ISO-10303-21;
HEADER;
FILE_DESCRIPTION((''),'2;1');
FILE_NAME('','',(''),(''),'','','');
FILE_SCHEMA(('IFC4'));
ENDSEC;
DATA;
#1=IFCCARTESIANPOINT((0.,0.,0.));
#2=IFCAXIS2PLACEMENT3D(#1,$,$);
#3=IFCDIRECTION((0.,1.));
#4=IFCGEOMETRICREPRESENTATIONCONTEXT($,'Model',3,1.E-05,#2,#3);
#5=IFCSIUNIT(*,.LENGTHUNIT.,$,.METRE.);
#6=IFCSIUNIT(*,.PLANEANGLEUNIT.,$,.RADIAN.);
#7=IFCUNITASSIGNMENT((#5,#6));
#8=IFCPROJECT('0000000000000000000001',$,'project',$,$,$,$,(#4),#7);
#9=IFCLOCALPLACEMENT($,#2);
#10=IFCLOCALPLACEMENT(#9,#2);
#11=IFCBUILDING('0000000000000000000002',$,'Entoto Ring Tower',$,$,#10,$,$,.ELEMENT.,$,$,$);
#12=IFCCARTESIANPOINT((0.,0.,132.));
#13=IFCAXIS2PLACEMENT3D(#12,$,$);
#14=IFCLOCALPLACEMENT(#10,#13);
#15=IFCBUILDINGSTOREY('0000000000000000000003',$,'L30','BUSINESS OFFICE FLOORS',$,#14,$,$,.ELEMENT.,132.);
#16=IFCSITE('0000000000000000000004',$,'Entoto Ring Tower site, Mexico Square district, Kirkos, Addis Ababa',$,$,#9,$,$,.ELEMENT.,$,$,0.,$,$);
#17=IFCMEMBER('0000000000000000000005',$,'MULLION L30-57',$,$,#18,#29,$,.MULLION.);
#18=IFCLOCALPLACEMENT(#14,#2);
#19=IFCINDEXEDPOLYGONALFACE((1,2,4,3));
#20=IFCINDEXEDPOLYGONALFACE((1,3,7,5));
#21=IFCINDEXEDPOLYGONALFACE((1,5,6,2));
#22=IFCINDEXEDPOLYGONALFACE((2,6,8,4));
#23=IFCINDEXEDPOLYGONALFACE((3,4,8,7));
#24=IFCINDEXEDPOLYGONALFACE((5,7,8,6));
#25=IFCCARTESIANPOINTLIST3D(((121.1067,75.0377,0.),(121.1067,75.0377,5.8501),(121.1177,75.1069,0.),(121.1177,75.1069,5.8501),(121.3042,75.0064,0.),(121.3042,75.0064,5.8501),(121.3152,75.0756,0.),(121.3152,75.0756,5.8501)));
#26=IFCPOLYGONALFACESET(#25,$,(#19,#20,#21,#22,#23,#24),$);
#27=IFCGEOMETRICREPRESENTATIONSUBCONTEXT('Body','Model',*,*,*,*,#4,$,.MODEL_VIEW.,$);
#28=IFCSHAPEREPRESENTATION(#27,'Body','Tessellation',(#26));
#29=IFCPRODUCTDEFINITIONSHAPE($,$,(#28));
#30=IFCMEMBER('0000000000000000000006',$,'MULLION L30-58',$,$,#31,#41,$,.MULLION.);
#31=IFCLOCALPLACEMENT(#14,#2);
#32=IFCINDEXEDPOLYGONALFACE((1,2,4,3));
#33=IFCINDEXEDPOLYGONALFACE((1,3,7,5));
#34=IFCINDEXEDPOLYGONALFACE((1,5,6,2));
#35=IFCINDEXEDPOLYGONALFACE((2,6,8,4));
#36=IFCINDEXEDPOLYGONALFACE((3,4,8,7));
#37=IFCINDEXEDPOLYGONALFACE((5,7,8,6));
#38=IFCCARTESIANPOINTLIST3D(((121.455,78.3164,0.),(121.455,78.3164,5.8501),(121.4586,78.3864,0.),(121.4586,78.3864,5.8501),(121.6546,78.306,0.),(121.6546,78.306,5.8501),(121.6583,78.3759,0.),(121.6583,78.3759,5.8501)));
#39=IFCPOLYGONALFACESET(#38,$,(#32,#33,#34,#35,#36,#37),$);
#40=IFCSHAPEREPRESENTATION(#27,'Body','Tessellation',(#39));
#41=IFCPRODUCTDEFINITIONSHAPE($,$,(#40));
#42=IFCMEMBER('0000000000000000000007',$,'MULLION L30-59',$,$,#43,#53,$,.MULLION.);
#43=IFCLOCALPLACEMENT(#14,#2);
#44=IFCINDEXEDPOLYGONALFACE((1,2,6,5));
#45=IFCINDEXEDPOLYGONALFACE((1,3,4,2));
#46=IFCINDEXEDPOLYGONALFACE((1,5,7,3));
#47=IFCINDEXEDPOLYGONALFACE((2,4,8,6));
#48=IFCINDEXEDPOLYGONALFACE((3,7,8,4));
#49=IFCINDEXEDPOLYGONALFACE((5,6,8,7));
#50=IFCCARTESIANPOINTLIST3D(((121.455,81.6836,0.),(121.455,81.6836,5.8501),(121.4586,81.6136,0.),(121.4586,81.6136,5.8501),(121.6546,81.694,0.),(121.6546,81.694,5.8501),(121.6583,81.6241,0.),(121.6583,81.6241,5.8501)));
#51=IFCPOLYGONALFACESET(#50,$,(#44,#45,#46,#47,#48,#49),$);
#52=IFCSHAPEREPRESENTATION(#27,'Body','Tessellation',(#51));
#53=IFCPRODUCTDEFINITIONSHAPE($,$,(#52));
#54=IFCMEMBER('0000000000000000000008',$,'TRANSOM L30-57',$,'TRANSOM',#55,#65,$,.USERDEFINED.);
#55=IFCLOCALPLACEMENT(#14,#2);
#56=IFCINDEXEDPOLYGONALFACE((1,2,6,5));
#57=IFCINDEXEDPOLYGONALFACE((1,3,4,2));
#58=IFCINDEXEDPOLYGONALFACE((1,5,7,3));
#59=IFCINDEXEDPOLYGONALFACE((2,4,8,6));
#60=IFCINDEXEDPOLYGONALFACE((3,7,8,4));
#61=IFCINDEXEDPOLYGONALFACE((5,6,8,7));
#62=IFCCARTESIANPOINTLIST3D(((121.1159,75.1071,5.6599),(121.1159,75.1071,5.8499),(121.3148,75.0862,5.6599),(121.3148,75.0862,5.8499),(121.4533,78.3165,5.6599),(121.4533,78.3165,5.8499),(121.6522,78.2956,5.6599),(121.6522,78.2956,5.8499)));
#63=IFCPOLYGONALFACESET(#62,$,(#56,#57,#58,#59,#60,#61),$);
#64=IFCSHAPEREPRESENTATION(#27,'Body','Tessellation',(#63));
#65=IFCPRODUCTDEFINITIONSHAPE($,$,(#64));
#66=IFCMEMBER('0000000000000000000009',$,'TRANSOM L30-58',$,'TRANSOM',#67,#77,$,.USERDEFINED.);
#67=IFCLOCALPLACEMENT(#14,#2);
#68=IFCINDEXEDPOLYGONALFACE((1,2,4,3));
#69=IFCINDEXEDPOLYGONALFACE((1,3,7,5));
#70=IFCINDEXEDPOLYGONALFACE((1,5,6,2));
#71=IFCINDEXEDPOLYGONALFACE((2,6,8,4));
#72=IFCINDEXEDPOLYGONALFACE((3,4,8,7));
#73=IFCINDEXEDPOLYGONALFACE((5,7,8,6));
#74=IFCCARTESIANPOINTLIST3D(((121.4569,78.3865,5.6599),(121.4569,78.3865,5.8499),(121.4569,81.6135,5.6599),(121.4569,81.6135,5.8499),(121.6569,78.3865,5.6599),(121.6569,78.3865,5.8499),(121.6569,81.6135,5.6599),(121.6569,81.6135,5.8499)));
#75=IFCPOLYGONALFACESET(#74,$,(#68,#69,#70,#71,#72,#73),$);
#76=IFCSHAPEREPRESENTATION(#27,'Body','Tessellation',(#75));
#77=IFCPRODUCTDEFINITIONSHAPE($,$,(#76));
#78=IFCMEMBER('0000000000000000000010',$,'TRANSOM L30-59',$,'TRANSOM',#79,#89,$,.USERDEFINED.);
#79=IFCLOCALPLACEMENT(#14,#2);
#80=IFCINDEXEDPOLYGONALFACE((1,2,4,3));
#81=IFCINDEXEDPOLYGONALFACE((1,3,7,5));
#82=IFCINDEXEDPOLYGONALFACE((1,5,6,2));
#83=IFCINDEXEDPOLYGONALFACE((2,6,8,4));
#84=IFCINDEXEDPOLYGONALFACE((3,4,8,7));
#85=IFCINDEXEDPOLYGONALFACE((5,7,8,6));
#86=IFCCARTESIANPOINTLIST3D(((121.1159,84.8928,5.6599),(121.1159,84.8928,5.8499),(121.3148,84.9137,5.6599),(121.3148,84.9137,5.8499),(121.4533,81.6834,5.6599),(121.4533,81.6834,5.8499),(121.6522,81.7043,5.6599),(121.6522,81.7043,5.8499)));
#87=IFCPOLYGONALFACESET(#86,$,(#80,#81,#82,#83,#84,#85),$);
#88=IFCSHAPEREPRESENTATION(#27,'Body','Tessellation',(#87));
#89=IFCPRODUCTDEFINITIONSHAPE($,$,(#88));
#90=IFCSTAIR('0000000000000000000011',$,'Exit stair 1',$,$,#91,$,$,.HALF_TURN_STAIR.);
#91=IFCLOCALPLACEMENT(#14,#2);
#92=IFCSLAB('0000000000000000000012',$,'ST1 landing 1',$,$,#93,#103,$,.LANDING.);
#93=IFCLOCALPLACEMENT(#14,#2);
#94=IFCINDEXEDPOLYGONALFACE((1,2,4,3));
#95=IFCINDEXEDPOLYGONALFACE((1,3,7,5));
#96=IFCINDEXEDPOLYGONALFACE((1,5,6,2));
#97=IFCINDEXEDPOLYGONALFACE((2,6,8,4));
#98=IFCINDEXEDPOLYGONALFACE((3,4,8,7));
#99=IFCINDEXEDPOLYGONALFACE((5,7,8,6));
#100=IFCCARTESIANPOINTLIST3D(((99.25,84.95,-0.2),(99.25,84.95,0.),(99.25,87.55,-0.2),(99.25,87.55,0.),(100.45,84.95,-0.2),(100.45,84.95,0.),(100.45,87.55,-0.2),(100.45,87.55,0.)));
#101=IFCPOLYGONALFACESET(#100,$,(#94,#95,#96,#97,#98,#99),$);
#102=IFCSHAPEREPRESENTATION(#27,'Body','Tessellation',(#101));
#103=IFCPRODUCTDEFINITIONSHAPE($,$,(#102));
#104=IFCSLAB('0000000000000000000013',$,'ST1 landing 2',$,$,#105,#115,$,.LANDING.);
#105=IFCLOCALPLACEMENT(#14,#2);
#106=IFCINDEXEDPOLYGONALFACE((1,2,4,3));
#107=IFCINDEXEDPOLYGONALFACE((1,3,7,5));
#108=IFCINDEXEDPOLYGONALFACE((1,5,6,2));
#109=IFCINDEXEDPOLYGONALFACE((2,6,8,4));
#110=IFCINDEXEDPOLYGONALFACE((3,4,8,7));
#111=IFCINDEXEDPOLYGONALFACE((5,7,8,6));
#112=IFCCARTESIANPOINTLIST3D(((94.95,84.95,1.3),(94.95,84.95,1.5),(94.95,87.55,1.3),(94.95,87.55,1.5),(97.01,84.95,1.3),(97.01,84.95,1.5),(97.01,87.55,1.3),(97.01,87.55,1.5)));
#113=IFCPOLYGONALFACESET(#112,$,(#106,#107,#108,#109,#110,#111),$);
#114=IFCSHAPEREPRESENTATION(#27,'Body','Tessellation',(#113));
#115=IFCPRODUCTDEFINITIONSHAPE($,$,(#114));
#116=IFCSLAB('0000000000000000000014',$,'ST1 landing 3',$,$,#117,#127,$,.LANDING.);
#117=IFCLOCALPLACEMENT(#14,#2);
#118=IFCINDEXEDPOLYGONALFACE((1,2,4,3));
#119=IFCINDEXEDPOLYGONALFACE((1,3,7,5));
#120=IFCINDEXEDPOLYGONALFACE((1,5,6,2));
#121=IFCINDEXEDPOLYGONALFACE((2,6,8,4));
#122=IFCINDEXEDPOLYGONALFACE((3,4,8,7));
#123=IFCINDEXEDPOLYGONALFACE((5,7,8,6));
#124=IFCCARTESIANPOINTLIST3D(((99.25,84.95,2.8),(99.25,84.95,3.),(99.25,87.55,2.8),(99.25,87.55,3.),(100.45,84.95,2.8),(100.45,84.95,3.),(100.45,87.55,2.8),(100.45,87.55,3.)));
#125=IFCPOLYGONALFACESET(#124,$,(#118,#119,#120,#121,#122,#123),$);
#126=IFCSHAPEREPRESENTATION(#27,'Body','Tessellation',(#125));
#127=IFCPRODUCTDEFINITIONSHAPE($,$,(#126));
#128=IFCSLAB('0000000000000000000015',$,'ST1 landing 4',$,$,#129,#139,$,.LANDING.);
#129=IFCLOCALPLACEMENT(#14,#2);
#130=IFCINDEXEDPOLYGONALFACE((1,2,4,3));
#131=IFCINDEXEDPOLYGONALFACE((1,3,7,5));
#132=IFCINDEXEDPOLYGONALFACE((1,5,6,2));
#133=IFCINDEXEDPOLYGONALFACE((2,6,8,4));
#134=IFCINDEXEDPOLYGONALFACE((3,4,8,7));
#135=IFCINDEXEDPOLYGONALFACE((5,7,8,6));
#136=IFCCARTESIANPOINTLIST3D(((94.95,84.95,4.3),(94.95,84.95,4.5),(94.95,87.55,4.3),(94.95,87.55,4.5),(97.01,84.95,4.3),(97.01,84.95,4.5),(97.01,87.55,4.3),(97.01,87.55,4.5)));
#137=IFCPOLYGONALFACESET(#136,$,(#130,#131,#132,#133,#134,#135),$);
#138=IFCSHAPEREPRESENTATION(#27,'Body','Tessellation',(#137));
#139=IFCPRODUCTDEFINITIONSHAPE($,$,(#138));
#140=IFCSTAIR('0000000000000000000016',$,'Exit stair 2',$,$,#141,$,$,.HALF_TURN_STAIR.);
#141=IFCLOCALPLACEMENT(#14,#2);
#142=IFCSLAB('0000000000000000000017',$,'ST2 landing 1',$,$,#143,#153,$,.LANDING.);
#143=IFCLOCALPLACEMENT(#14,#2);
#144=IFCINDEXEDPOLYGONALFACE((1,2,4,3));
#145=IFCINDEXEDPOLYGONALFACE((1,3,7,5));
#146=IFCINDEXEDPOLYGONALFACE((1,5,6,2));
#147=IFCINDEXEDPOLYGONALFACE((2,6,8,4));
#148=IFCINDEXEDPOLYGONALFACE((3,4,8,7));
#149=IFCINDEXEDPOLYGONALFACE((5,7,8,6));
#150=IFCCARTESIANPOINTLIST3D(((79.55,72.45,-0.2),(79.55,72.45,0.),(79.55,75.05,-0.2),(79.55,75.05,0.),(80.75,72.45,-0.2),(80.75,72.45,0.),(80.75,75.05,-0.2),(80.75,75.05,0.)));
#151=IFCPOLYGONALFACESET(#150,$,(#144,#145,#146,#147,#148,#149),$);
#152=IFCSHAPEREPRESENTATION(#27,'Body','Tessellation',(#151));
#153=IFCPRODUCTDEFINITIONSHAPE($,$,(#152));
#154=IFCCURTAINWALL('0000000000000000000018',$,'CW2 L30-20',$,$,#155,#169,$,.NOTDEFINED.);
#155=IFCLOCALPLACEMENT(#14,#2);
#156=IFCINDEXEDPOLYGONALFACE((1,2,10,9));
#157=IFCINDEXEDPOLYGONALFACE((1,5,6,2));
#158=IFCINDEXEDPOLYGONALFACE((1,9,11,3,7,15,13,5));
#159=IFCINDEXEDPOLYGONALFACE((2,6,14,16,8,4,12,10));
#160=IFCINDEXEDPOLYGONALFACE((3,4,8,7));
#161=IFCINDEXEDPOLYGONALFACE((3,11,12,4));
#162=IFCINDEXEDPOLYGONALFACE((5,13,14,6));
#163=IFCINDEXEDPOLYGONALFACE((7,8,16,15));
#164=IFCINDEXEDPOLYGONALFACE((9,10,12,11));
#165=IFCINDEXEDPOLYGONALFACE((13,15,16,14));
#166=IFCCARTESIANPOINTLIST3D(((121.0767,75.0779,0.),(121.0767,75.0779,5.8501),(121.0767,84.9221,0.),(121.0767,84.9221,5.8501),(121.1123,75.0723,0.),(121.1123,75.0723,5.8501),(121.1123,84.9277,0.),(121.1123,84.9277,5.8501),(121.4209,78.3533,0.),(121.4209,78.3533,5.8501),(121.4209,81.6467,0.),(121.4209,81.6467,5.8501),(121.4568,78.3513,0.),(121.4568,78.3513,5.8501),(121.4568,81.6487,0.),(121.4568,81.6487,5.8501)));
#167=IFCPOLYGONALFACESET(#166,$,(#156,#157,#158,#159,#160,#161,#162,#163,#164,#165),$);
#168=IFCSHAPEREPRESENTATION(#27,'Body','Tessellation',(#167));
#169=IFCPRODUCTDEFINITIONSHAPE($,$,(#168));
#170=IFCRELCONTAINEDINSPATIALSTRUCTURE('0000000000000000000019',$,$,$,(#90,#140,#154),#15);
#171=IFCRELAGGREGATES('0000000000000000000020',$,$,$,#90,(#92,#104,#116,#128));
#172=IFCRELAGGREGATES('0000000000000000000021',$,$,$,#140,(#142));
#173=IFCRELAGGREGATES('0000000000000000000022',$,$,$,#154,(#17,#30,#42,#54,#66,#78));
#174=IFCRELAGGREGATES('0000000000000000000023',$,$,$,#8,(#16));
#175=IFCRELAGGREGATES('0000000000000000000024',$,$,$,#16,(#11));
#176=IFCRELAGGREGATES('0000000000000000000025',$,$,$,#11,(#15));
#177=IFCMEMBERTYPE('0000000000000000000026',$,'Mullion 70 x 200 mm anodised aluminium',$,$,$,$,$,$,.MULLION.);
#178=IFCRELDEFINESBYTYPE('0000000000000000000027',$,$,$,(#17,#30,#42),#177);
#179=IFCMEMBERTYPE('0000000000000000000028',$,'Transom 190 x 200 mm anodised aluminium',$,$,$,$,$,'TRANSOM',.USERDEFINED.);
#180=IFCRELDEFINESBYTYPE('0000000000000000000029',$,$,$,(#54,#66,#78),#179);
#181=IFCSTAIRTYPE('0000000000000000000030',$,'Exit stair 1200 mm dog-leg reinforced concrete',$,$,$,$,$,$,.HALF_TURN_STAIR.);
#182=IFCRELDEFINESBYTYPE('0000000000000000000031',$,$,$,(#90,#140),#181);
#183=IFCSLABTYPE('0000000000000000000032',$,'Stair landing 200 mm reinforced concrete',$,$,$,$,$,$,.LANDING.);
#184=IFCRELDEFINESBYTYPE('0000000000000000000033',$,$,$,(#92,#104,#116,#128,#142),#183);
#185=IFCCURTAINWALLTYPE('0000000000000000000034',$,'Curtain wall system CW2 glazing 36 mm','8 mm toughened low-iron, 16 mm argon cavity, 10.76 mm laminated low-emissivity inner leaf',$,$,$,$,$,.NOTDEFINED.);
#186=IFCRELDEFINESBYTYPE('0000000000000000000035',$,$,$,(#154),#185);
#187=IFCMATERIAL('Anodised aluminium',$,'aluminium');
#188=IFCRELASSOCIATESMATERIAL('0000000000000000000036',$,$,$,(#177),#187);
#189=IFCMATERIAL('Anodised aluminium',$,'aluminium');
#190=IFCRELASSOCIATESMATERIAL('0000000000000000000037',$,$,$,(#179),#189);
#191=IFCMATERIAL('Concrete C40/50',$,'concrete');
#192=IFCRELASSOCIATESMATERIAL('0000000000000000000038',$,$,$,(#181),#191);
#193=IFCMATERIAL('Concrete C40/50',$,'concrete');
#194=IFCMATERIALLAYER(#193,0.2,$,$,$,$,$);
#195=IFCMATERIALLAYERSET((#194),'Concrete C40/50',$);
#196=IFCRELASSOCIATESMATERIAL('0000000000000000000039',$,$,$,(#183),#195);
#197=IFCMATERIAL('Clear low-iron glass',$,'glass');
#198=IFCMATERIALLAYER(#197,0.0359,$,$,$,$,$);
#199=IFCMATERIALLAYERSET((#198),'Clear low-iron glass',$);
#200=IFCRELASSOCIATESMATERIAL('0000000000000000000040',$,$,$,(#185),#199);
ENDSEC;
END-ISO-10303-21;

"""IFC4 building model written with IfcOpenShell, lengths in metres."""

from ifc_helpers import new_model, si_unit, direction, frame, origin, origin_2d, place, context, subcontext, project, spatial, polyline, rectangle, outline, extrude, material, layer, layer_set, material_profile, profile_set, type_object, element, aggregate, save


model = new_model("IFC4")

# Units and contexts
model_context = context("Model", 3, precision=1e-05, world=origin(), true_north=direction((0.0, 1.0)))
body_context = subcontext(model_context, "Body", "Model", "MODEL_VIEW")
ifc_project = project(units=[si_unit("LENGTHUNIT", "METRE"), si_unit("PLANEANGLEUNIT", "RADIAN")], contexts=[model_context])

# Members
ifc_material_1 = material(Name="Anodised aluminium", Category="aluminium")
ifc_material_profile_1 = material_profile(ifc_material_1, rectangle(XDim=0.0701, YDim=0.2, at=origin_2d()), Name="Mullion 70 x 200 mm anodised aluminium")
ifc_profile_set_1 = profile_set([ifc_material_profile_1], Name="Anodised aluminium")
member_type_1 = type_object("IfcMemberType", Name="Mullion 70 x 200 mm anodised aluminium", PredefinedType="MULLION", material=ifc_profile_set_1)
site_placement = place(None, origin())
building_placement = place(site_placement, origin())
storey_placement = place(building_placement, frame((0.0, 0.0, 132.0)))
member_1_placement = place(storey_placement, frame((121.2109, 75.0566, 0.0), z_axis=(0.0, 0.0, 1.0), x_axis=(0.156434, 0.987688, 0.0)))
member_1 = element("IfcMember", 1, at=member_1_placement, type_object=member_type_1, Name="MULLION L30-57", PredefinedType="MULLION", context=body_context, shape_type="SweptSolid", body=[
    extrude(rectangle(XDim=0.0701, YDim=0.2, at=origin_2d()), origin(), (0.0, 0.0, 1.0), 5.8501),
])
member_2_placement = place(storey_placement, frame((121.5566, 78.3462, 0.0), z_axis=(0.0, 0.0, 1.0), x_axis=(0.052336, 0.99863, 0.0)))
member_2 = element("IfcMember", 2, at=member_2_placement, type_object=member_type_1, Name="MULLION L30-58", PredefinedType="MULLION", context=body_context, shape_type="SweptSolid", body=[
    extrude(rectangle(XDim=0.0701, YDim=0.2, at=origin_2d()), origin(), (0.0, 0.0, 1.0), 5.8501),
])
member_3_placement = place(storey_placement, frame((121.5566, 81.6538, 0.0), z_axis=(0.0, 0.0, 1.0), x_axis=(-0.052336, 0.99863, 0.0)))
member_3 = element("IfcMember", 3, at=member_3_placement, type_object=member_type_1, Name="MULLION L30-59", PredefinedType="MULLION", context=body_context, shape_type="SweptSolid", body=[
    extrude(rectangle(XDim=0.0701, YDim=0.2, at=origin_2d()), origin(), (0.0, 0.0, 1.0), 5.8501),
])
ifc_material_2 = material(Name="Anodised aluminium", Category="aluminium")
ifc_material_profile_2 = material_profile(ifc_material_2, rectangle(XDim=0.2, YDim=0.1899, at=origin_2d()), Name="Transom 190 x 200 mm anodised aluminium")
ifc_profile_set_2 = profile_set([ifc_material_profile_2], Name="Anodised aluminium")
member_type_2 = type_object("IfcMemberType", Name="Transom 190 x 200 mm anodised aluminium", ElementType="TRANSOM", PredefinedType="USERDEFINED", material=ifc_profile_set_2)
member_4_placement = place(storey_placement, frame((121.2153, 75.0967, 5.7549), z_axis=(0.104551, 0.99452, 0.0), x_axis=(-0.99452, 0.104551, 0.0)))
member_4 = element("IfcMember", 4, at=member_4_placement, type_object=member_type_2, Name="TRANSOM L30-57", ObjectType="TRANSOM", PredefinedType="USERDEFINED", context=body_context, shape_type="SweptSolid", body=[
    extrude(rectangle(XDim=0.2, YDim=0.1899, at=origin_2d()), origin(), (0.0, 0.0, 1.0), 3.2271),
])
member_5_placement = place(storey_placement, frame((121.5569, 78.3865, 5.7549), z_axis=(0.0, 1.0, 0.0), x_axis=(-1.0, 0.0, 0.0)))
member_5 = element("IfcMember", 5, at=member_5_placement, type_object=member_type_2, Name="TRANSOM L30-58", ObjectType="TRANSOM", PredefinedType="USERDEFINED", context=body_context, shape_type="SweptSolid", body=[
    extrude(rectangle(XDim=0.2, YDim=0.1899, at=origin_2d()), origin(), (0.0, 0.0, 1.0), 3.2271),
])
member_6_placement = place(storey_placement, frame((121.5527, 81.6938, 5.7549), z_axis=(-0.104551, 0.99452, 0.0), x_axis=(-0.99452, -0.104551, 0.0)))
member_6 = element("IfcMember", 6, at=member_6_placement, type_object=member_type_2, Name="TRANSOM L30-59", ObjectType="TRANSOM", PredefinedType="USERDEFINED", context=body_context, shape_type="SweptSolid", body=[
    extrude(rectangle(XDim=0.2, YDim=0.1899, at=origin_2d()), origin(), (0.0, 0.0, 1.0), 3.2271),
])

# Site, building, storey
site = spatial("IfcSite", under=ifc_project, at=site_placement, Name="Entoto Ring Tower site, Mexico Square district, Kirkos, Addis Ababa", CompositionType="ELEMENT", RefElevation=0.0)
building = spatial("IfcBuilding", under=site, at=building_placement, Name="Entoto Ring Tower", CompositionType="ELEMENT")
storey = spatial("IfcBuildingStorey", under=building, at=storey_placement, Name="L30", Description="BUSINESS OFFICE FLOORS", CompositionType="ELEMENT", Elevation=132.0)

# Stair, slabs
ifc_material_3 = material(Name="Concrete C40/50", Category="concrete")
stair_type = type_object("IfcStairType", Name="Exit stair 1200 mm dog-leg reinforced concrete", PredefinedType="HALF_TURN_STAIR", material=ifc_material_3)
stair_1_placement = place(storey_placement, origin())
stair_1 = element("IfcStair", 7, at=stair_1_placement, inside=storey, type_object=stair_type, Name="Exit stair 1", PredefinedType="HALF_TURN_STAIR")
ifc_material_4 = material(Name="Concrete C40/50", Category="concrete")
ifc_layer_1 = layer(ifc_material_4, 0.2)
ifc_layer_set_1 = layer_set([ifc_layer_1], Name="Concrete C40/50")
slab_type = type_object("IfcSlabType", Name="Stair landing 200 mm reinforced concrete", PredefinedType="LANDING", material=ifc_layer_set_1)
slab_1_placement = place(storey_placement, frame((0.0, 0.0, -0.2)))
slab_1 = element("IfcSlab", 8, at=slab_1_placement, type_object=slab_type, Name="ST1 landing 1", PredefinedType="LANDING", context=body_context, shape_type="SweptSolid", body=[
    extrude(outline(polyline([(100.45, 84.95), (100.45, 87.55), (99.25, 87.55), (99.25, 84.95), (100.45, 84.95)])), origin(), (0.0, 0.0, 1.0), 0.2),
])
slab_2_placement = place(storey_placement, frame((0.0, 0.0, 1.3)))
slab_2 = element("IfcSlab", 9, at=slab_2_placement, type_object=slab_type, Name="ST1 landing 2", PredefinedType="LANDING", context=body_context, shape_type="SweptSolid", body=[
    extrude(outline(polyline([(94.95, 84.95), (97.01, 84.95), (97.01, 87.55), (94.95, 87.55), (94.95, 84.95)])), origin(), (0.0, 0.0, 1.0), 0.2),
])
slab_3_placement = place(storey_placement, frame((0.0, 0.0, 2.8)))
slab_3 = element("IfcSlab", 10, at=slab_3_placement, type_object=slab_type, Name="ST1 landing 3", PredefinedType="LANDING", context=body_context, shape_type="SweptSolid", body=[
    extrude(outline(polyline([(99.25, 84.95), (100.45, 84.95), (100.45, 87.55), (99.25, 87.55), (99.25, 84.95)])), origin(), (0.0, 0.0, 1.0), 0.2),
])
slab_4_placement = place(storey_placement, frame((0.0, 0.0, 4.3)))
slab_4 = element("IfcSlab", 11, at=slab_4_placement, type_object=slab_type, Name="ST1 landing 4", PredefinedType="LANDING", context=body_context, shape_type="SweptSolid", body=[
    extrude(outline(polyline([(94.95, 84.95), (97.01, 84.95), (97.01, 87.55), (94.95, 87.55), (94.95, 84.95)])), origin(), (0.0, 0.0, 1.0), 0.2),
])
aggregate(stair_1, [slab_1, slab_2, slab_3, slab_4])

# Stair, slab
stair_2_placement = place(storey_placement, origin())
stair_2 = element("IfcStair", 12, at=stair_2_placement, inside=storey, type_object=stair_type, Name="Exit stair 2", PredefinedType="HALF_TURN_STAIR")
slab_5_placement = place(storey_placement, frame((0.0, 0.0, -0.2)))
slab_5 = element("IfcSlab", 13, at=slab_5_placement, type_object=slab_type, Name="ST2 landing 1", PredefinedType="LANDING", context=body_context, shape_type="SweptSolid", body=[
    extrude(outline(polyline([(80.75, 72.45), (80.75, 75.05), (79.55, 75.05), (79.55, 72.45), (80.75, 72.45)])), origin(), (0.0, 0.0, 1.0), 0.2),
])
aggregate(stair_2, [slab_5])

# Curtain wall
ifc_material_5 = material(Name="Clear low-iron glass", Category="glass")
ifc_layer_2 = layer(ifc_material_5, 0.0359)
ifc_layer_set_2 = layer_set([ifc_layer_2], Name="Clear low-iron glass")
curtain_wall_type = type_object("IfcCurtainWallType", Name="Curtain wall system CW2 glazing 36 mm", Description="8 mm toughened low-iron, 16 mm argon cavity, 10.76 mm laminated low-emissivity inner leaf", PredefinedType="NOTDEFINED", material=ifc_layer_set_2)
curtain_wall_1_placement = place(storey_placement, origin())
curtain_wall_1 = element("IfcCurtainWall", 14, at=curtain_wall_1_placement, inside=storey, type_object=curtain_wall_type, Name="CW2 L30-20", PredefinedType="NOTDEFINED", context=body_context, shape_type="SweptSolid", body=[
    extrude(outline(polyline([(121.1123, 75.0723), (121.4568, 78.3513), (121.4568, 81.6487), (121.1123, 84.9277), (121.0767, 84.9221), (121.4209, 81.6467), (121.4209, 78.3533), (121.0767, 75.0779), (121.1123, 75.0723)])), origin(), (0.0, 0.0, 1.0), 5.8501),
])
aggregate(curtain_wall_1, [member_1, member_2, member_3, member_4, member_5, member_6])

save(model, "model.ifc")
